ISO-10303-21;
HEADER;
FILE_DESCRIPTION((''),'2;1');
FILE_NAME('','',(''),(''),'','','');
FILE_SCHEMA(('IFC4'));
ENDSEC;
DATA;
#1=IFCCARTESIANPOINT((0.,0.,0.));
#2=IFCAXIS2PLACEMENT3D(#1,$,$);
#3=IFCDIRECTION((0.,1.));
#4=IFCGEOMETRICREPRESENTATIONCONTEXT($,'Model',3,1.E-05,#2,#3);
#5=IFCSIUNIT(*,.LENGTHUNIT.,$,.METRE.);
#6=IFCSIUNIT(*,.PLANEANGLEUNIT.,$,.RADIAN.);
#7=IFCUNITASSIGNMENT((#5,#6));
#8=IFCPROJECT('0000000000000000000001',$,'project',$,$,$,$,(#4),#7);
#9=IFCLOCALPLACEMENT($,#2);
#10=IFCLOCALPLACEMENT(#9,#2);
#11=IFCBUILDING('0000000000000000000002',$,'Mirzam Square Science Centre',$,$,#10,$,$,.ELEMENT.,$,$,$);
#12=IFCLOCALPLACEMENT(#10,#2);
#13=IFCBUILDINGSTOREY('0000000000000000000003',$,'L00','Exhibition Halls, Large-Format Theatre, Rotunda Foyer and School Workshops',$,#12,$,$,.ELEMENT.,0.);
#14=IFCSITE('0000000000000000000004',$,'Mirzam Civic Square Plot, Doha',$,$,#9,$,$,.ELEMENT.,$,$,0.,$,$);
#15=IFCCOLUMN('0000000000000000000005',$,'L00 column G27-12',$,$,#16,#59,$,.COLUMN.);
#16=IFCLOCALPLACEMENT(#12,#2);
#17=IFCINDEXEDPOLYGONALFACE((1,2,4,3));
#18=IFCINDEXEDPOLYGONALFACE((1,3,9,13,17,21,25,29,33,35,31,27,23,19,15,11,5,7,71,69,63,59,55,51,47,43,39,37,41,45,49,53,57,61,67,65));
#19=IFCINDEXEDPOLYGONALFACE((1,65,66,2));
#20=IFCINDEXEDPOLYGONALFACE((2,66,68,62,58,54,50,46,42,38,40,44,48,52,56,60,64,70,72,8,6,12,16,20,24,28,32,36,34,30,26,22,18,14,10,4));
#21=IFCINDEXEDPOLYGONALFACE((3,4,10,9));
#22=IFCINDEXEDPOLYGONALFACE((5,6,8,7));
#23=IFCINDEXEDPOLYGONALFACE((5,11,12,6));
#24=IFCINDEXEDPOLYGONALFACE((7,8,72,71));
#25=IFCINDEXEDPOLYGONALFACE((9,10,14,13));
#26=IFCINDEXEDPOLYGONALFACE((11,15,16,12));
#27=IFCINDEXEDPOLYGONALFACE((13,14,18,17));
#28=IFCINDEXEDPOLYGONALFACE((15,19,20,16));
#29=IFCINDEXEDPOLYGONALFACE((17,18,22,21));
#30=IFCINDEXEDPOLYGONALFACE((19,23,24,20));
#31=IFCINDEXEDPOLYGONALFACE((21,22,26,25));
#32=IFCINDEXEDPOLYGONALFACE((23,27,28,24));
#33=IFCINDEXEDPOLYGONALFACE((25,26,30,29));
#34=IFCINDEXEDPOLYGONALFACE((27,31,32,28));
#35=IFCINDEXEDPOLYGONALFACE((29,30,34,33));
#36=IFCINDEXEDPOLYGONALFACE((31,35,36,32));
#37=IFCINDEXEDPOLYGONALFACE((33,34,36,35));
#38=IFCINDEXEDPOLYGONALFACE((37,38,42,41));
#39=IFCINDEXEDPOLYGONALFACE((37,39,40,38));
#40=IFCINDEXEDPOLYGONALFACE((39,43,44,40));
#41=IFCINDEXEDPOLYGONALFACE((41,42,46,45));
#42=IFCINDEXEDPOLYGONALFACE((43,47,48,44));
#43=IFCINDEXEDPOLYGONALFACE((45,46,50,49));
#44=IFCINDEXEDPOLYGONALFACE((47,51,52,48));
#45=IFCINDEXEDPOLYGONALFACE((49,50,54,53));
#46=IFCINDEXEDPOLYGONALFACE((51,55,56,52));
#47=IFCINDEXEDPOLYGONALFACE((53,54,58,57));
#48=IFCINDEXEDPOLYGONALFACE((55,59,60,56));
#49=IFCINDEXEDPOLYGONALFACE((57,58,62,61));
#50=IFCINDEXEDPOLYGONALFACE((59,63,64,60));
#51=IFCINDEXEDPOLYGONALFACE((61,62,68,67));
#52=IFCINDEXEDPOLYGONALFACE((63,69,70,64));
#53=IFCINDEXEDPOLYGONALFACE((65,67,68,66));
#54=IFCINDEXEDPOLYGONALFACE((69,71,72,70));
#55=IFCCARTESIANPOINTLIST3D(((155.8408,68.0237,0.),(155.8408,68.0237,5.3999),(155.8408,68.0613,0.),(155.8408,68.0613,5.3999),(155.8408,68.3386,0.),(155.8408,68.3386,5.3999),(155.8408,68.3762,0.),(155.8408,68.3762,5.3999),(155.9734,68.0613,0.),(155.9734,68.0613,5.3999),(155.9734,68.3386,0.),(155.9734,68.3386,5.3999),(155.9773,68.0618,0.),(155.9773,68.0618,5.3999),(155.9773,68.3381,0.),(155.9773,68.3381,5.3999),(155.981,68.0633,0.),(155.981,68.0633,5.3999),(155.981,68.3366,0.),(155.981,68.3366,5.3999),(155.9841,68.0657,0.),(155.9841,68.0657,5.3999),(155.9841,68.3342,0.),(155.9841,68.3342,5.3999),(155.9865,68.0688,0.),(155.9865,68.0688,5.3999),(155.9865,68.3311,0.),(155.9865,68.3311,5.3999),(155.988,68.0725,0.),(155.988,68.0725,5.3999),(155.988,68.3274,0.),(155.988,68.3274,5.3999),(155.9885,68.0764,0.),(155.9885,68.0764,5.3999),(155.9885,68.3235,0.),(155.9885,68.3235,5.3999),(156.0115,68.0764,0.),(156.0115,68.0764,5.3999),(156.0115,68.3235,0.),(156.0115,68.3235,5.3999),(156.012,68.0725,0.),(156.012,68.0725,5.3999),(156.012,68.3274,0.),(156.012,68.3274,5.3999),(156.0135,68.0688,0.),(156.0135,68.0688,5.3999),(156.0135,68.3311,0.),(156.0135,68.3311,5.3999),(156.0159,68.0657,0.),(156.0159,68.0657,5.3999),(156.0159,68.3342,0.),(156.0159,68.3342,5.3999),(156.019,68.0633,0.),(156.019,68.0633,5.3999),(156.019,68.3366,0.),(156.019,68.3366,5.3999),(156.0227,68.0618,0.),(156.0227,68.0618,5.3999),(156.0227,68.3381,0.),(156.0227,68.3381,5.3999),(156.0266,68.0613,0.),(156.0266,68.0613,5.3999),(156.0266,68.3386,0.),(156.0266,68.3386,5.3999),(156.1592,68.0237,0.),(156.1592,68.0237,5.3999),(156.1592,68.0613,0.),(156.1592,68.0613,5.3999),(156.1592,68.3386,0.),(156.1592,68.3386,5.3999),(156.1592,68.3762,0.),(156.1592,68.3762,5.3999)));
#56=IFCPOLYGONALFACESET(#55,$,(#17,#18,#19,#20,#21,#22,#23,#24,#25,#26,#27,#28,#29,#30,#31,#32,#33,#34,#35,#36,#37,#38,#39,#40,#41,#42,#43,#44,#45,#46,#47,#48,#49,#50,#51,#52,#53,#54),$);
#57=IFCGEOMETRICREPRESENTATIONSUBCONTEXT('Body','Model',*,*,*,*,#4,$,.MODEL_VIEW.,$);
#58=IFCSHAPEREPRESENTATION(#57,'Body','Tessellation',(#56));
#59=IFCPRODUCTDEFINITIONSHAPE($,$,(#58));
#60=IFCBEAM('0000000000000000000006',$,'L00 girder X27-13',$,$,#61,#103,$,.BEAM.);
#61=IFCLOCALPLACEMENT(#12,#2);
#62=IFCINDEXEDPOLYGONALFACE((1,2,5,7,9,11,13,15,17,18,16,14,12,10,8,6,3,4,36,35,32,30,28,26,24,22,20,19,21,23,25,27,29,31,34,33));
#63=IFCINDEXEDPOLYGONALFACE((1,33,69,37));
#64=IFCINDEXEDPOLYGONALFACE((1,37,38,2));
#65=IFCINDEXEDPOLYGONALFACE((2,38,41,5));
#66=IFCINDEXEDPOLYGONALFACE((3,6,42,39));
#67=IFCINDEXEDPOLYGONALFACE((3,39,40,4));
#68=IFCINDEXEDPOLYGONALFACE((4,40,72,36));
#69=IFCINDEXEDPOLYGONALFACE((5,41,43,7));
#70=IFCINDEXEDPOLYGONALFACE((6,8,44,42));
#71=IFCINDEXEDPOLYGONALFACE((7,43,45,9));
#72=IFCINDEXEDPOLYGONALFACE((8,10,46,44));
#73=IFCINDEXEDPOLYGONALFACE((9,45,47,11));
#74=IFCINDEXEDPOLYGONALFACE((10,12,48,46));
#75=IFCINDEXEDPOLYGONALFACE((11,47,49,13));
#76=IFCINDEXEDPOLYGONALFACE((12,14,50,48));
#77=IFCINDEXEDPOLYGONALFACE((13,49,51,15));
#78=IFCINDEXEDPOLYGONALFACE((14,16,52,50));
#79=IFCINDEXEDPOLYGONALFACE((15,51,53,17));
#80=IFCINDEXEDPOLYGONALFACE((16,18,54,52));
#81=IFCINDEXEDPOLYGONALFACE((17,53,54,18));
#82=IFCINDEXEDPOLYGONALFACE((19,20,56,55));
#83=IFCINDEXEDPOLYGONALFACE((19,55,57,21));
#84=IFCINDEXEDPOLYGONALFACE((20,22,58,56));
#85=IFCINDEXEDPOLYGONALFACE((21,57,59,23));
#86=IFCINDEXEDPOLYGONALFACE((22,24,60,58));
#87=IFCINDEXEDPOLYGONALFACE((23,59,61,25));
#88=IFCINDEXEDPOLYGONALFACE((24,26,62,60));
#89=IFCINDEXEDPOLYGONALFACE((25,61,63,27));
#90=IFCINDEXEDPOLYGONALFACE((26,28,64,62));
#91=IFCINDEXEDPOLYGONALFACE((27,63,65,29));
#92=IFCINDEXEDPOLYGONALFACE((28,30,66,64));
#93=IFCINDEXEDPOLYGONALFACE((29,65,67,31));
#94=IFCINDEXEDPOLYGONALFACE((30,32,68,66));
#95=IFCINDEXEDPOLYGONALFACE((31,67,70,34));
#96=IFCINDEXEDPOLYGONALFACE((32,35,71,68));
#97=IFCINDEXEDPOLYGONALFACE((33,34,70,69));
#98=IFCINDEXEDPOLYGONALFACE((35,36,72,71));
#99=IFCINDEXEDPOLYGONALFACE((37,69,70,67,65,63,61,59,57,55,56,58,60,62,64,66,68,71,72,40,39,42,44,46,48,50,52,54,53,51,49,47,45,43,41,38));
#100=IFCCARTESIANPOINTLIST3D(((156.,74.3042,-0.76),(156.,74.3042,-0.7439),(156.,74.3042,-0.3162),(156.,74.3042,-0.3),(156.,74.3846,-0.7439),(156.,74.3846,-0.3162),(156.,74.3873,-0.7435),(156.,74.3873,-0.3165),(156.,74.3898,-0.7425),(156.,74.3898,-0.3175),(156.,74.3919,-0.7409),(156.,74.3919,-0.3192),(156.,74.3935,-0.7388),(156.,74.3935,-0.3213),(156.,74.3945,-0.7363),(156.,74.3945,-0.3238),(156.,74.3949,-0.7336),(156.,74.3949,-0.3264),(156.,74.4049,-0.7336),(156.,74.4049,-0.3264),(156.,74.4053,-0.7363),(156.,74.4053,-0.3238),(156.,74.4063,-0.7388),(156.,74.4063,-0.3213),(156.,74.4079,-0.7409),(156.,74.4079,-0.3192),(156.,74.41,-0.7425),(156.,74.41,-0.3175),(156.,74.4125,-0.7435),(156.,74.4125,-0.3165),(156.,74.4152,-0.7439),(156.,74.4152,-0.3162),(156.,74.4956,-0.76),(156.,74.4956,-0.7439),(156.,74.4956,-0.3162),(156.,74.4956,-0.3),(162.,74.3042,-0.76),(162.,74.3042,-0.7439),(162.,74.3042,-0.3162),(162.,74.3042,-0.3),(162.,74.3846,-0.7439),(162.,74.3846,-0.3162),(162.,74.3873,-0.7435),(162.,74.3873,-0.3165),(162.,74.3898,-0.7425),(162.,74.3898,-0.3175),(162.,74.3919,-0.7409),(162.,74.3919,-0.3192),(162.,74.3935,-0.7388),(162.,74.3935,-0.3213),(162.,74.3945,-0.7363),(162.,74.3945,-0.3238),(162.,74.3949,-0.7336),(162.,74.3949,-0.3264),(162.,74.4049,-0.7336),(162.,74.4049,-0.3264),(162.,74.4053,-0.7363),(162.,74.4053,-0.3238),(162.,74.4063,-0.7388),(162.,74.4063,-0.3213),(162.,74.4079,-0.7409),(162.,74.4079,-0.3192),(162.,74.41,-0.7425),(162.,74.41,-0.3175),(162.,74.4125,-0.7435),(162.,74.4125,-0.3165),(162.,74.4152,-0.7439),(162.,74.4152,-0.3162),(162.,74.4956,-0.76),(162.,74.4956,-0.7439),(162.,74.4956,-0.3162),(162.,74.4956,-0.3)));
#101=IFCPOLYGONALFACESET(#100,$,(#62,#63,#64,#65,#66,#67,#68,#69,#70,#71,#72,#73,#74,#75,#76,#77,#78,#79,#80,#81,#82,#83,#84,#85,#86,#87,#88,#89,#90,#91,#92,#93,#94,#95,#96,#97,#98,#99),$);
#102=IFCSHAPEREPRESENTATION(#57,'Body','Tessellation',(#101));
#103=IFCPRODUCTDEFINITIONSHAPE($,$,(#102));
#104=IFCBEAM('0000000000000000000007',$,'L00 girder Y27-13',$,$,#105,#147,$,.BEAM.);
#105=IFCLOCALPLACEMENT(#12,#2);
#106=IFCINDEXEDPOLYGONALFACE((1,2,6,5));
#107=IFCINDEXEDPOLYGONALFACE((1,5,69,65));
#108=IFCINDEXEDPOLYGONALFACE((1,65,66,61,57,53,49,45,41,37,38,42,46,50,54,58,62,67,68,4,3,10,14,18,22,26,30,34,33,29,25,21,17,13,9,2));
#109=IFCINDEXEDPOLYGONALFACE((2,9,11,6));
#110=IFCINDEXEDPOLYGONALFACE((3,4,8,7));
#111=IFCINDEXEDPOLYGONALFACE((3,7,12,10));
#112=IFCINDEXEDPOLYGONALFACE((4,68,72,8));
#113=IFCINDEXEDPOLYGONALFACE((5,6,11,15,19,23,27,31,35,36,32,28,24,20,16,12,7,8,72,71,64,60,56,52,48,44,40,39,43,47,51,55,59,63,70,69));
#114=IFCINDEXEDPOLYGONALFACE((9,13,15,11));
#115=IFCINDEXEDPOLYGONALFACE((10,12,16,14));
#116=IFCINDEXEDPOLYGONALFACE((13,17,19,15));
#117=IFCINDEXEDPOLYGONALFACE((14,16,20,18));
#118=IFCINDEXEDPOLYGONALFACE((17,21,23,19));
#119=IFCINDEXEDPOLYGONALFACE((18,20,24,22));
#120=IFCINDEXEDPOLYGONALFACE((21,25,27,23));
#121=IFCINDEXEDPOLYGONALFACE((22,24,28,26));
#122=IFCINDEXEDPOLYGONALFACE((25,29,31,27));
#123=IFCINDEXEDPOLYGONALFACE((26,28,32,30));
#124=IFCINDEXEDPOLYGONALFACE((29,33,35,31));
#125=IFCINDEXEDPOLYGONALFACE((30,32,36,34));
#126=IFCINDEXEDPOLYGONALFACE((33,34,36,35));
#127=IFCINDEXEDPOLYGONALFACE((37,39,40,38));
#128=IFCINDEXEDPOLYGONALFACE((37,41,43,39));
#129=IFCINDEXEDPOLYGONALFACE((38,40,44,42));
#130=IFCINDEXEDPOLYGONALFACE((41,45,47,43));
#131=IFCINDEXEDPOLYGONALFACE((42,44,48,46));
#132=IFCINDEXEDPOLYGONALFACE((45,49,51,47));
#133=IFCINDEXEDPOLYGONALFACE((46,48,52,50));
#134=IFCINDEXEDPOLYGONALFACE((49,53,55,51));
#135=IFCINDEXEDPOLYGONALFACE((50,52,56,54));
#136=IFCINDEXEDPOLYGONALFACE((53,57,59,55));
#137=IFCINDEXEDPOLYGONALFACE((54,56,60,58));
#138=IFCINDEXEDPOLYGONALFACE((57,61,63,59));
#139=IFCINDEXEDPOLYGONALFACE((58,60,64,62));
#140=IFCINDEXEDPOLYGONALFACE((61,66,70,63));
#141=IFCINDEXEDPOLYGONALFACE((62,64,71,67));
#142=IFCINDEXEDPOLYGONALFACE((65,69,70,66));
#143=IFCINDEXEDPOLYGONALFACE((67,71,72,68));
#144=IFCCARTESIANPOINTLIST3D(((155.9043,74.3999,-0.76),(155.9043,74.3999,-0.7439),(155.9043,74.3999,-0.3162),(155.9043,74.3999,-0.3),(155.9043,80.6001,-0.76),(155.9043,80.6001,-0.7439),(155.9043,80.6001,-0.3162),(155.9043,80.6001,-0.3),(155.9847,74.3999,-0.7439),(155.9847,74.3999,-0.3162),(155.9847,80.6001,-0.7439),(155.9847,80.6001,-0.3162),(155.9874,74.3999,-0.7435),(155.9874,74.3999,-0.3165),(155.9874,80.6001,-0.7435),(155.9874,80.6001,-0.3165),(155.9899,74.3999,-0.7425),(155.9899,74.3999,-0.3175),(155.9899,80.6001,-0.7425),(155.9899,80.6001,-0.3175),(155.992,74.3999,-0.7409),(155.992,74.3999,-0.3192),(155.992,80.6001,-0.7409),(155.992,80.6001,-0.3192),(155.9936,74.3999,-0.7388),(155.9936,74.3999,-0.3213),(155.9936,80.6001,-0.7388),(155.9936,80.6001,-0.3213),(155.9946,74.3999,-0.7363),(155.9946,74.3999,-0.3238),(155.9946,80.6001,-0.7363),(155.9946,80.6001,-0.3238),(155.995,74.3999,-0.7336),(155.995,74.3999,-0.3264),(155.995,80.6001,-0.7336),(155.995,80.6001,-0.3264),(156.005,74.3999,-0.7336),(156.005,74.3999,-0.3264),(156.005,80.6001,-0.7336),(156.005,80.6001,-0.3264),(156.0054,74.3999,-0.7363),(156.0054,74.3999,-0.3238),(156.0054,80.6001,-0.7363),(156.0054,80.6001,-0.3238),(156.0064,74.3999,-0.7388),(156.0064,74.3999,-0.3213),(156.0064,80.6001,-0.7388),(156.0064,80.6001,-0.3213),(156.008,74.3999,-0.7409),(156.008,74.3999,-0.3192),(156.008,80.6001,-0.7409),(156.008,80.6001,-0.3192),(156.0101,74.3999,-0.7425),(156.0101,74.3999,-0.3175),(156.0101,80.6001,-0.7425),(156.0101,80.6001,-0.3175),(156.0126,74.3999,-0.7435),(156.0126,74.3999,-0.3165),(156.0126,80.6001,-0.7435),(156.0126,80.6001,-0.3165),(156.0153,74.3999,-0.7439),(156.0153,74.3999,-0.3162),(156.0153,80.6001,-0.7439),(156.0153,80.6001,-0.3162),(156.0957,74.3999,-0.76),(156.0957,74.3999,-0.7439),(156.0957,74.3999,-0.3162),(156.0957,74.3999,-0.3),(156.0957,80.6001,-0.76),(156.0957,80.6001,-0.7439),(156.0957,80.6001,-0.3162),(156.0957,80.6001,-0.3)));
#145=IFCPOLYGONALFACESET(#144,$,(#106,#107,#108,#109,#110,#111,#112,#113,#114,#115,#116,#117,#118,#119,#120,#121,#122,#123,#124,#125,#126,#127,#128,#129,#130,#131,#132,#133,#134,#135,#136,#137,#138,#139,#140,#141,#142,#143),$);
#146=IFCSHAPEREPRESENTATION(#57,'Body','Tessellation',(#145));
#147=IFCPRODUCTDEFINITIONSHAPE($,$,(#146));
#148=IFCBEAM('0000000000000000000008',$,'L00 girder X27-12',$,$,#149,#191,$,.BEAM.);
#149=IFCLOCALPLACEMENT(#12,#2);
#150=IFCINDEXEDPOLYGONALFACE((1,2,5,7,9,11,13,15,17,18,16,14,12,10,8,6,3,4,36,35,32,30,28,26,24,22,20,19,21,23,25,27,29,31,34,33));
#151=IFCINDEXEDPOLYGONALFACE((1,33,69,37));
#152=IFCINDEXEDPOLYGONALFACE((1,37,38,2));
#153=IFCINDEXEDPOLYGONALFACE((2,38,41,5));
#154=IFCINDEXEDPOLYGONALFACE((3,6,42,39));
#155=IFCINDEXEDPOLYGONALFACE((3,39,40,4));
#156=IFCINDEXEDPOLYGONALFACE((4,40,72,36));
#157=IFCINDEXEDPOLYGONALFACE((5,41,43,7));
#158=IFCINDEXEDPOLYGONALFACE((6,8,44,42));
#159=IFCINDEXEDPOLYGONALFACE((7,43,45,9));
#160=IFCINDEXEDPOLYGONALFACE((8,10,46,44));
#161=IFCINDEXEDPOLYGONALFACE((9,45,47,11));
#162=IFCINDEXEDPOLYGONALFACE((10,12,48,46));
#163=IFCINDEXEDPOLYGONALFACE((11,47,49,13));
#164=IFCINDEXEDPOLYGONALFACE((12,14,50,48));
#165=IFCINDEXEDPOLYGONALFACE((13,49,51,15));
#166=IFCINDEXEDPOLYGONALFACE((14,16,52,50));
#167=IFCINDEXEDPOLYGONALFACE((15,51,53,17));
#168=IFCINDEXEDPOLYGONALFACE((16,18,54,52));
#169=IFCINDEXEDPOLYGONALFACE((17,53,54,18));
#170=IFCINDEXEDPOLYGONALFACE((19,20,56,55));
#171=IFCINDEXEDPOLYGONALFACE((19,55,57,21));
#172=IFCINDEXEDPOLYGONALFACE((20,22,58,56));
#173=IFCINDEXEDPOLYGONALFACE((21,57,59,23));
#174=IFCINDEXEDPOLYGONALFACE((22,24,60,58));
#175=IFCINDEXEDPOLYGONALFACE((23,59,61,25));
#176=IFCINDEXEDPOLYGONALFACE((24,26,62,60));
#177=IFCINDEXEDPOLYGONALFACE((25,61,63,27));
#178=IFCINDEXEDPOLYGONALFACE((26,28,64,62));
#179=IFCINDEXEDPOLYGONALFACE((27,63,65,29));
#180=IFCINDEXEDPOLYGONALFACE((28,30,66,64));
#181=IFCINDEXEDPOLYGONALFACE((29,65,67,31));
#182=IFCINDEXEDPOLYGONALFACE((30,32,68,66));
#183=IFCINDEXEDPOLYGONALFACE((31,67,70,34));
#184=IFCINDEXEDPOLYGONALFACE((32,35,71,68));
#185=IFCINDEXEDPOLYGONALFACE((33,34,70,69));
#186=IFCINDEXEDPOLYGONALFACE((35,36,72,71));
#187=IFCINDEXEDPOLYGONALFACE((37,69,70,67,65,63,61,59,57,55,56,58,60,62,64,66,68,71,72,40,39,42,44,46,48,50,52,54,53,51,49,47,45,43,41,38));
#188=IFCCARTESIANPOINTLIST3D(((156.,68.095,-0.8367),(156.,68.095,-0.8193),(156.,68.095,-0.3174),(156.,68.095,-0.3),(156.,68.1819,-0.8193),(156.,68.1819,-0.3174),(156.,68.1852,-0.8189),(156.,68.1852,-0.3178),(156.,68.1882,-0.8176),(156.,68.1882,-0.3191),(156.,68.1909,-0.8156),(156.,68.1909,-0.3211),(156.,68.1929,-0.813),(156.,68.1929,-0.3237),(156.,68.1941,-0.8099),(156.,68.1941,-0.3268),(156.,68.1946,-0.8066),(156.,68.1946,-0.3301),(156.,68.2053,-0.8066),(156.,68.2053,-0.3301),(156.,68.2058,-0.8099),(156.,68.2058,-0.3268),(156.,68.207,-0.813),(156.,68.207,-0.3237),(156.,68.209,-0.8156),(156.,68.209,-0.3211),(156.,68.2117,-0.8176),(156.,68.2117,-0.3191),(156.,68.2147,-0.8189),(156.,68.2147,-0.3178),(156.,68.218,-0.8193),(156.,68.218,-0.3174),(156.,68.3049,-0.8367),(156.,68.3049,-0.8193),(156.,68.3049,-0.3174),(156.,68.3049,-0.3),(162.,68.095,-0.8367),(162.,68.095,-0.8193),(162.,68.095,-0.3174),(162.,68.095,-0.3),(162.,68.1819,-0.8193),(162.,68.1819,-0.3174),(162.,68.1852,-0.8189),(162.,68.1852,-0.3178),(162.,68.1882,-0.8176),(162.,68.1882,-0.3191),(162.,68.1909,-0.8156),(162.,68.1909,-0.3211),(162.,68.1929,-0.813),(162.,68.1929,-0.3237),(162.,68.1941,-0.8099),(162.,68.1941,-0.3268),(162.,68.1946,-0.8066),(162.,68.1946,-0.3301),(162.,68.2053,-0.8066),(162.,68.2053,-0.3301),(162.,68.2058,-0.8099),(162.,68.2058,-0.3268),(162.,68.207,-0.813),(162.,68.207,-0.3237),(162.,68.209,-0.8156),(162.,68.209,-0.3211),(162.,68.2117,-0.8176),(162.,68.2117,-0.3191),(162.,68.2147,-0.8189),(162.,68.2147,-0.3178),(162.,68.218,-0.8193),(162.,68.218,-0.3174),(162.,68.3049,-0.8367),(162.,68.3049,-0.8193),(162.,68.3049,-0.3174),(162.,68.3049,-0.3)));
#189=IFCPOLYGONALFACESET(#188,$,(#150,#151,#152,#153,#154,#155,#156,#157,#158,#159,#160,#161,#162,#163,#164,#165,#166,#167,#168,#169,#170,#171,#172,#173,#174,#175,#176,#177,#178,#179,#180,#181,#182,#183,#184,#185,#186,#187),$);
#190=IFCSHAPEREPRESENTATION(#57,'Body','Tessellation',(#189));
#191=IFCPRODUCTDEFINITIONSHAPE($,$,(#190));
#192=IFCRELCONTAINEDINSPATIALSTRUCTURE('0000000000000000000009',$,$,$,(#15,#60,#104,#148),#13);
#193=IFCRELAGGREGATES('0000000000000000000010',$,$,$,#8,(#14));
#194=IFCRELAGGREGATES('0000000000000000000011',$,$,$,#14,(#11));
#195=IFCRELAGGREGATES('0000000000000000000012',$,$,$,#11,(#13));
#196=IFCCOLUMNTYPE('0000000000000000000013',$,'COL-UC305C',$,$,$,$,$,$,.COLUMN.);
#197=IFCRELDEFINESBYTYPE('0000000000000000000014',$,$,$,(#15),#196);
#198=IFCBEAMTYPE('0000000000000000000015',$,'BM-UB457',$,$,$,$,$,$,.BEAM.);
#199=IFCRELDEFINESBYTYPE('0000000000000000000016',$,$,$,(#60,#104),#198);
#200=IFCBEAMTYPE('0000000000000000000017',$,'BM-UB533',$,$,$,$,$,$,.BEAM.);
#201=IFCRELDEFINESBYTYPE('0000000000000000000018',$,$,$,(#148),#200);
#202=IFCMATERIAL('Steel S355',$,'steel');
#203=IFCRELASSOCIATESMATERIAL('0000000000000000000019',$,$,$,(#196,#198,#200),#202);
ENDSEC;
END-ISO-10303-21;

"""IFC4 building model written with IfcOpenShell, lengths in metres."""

from ifc_helpers import new_model, si_unit, direction, frame, origin, origin_2d, place, context, subcontext, project, spatial, i_section, extrude, material, material_profile, profile_set, type_object, element, save


model = new_model("IFC4")

# Units and contexts
model_context = context("Model", 3, precision=1e-05, world=origin(), true_north=direction((0.0, 1.0)))
body_context = subcontext(model_context, "Body", "Model", "MODEL_VIEW")
ifc_project = project(units=[si_unit("LENGTHUNIT", "METRE"), si_unit("PLANEANGLEUNIT", "RADIAN")], contexts=[model_context])

# Site, building, storey
site_placement = place(None, origin())
site = spatial("IfcSite", under=ifc_project, at=site_placement, Name="Mirzam Civic Square Plot, Doha", CompositionType="ELEMENT", RefElevation=0.0)
building_placement = place(site_placement, origin())
building = spatial("IfcBuilding", under=site, at=building_placement, Name="Mirzam Square Science Centre", CompositionType="ELEMENT")
storey_placement = place(building_placement, origin())
storey = spatial("IfcBuildingStorey", under=building, at=storey_placement, Name="L00", Description="Exhibition Halls, Large-Format Theatre, Rotunda Foyer and School Workshops", CompositionType="ELEMENT", Elevation=0.0)

# Column
ifc_material_1 = material(Name="Steel S355", Category="steel")
ifc_material_profile_1 = material_profile(ifc_material_1, i_section(OverallWidth=0.3184, OverallDepth=0.3525, WebThickness=0.0229, FlangeThickness=0.0376, FilletRadius=0.0151, at=origin_2d()), Name="305x305x240UC")
ifc_profile_set_1 = profile_set([ifc_material_profile_1], Name="Steel S355")
column_type_1 = type_object("IfcColumnType", Name="COL-UC305C", PredefinedType="COLUMN", material=ifc_profile_set_1)
column_1_placement = place(storey_placement, frame((156.0, 68.2, 0.0), z_axis=(0.0, 0.0, 1.0), x_axis=(1.0, 0.0, 0.0)))
element("IfcColumn", 1, at=column_1_placement, inside=storey, type_object=column_type_1, Name="L00 column G27-12", PredefinedType="COLUMN", context=body_context, shape_type="SweptSolid", body=[
    extrude(i_section(OverallWidth=0.3184, OverallDepth=0.3525, WebThickness=0.0229, FlangeThickness=0.0376, FilletRadius=0.0151, at=origin_2d()), origin(), (0.0, 0.0, 1.0), 5.3999),
])

# Beams
ifc_material_profile_2 = material_profile(ifc_material_1, i_section(OverallWidth=0.1914, OverallDepth=0.46, WebThickness=0.01, FlangeThickness=0.0161, FilletRadius=0.0103, at=origin_2d()), Name="457x191x82UB")
ifc_profile_set_2 = profile_set([ifc_material_profile_2], Name="Steel S355")
beam_type_1 = type_object("IfcBeamType", Name="BM-UB457", PredefinedType="BEAM", material=ifc_profile_set_2)
beam_1_placement = place(storey_placement, frame((156.0, 74.3999, -0.53), z_axis=(1.0, 0.0, 0.0), x_axis=(0.0, 1.0, 0.0)))
element("IfcBeam", 2, at=beam_1_placement, inside=storey, type_object=beam_type_1, Name="L00 girder X27-13", PredefinedType="BEAM", context=body_context, shape_type="SweptSolid", body=[
    extrude(i_section(OverallWidth=0.1914, OverallDepth=0.46, WebThickness=0.01, FlangeThickness=0.0161, FilletRadius=0.0103, at=origin_2d()), origin(), (0.0, 0.0, 1.0), 6.0),
])
beam_2_placement = place(storey_placement, frame((156.0, 74.3999, -0.53), z_axis=(0.0, 1.0, 0.0), x_axis=(-1.0, 0.0, 0.0)))
element("IfcBeam", 3, at=beam_2_placement, inside=storey, type_object=beam_type_1, Name="L00 girder Y27-13", PredefinedType="BEAM", context=body_context, shape_type="SweptSolid", body=[
    extrude(i_section(OverallWidth=0.1914, OverallDepth=0.46, WebThickness=0.01, FlangeThickness=0.0161, FilletRadius=0.0103, at=origin_2d()), origin(), (0.0, 0.0, 1.0), 6.2002),
])
ifc_material_profile_3 = material_profile(ifc_material_1, i_section(OverallWidth=0.21, OverallDepth=0.5366, WebThickness=0.0107, FlangeThickness=0.0173, FilletRadius=0.0127, at=origin_2d()), Name="533x210x101UB")
ifc_profile_set_3 = profile_set([ifc_material_profile_3], Name="Steel S355")
beam_type_2 = type_object("IfcBeamType", Name="BM-UB533", PredefinedType="BEAM", material=ifc_profile_set_3)
beam_3_placement = place(storey_placement, frame((156.0, 68.2, -0.5684), z_axis=(1.0, 0.0, 0.0), x_axis=(0.0, 1.0, 0.0)))
element("IfcBeam", 4, at=beam_3_placement, inside=storey, type_object=beam_type_2, Name="L00 girder X27-12", PredefinedType="BEAM", context=body_context, shape_type="SweptSolid", body=[
    extrude(i_section(OverallWidth=0.21, OverallDepth=0.5366, WebThickness=0.0107, FlangeThickness=0.0173, FilletRadius=0.0127, at=origin_2d()), origin(), (0.0, 0.0, 1.0), 6.0),
])

save(model, "model.ifc")
